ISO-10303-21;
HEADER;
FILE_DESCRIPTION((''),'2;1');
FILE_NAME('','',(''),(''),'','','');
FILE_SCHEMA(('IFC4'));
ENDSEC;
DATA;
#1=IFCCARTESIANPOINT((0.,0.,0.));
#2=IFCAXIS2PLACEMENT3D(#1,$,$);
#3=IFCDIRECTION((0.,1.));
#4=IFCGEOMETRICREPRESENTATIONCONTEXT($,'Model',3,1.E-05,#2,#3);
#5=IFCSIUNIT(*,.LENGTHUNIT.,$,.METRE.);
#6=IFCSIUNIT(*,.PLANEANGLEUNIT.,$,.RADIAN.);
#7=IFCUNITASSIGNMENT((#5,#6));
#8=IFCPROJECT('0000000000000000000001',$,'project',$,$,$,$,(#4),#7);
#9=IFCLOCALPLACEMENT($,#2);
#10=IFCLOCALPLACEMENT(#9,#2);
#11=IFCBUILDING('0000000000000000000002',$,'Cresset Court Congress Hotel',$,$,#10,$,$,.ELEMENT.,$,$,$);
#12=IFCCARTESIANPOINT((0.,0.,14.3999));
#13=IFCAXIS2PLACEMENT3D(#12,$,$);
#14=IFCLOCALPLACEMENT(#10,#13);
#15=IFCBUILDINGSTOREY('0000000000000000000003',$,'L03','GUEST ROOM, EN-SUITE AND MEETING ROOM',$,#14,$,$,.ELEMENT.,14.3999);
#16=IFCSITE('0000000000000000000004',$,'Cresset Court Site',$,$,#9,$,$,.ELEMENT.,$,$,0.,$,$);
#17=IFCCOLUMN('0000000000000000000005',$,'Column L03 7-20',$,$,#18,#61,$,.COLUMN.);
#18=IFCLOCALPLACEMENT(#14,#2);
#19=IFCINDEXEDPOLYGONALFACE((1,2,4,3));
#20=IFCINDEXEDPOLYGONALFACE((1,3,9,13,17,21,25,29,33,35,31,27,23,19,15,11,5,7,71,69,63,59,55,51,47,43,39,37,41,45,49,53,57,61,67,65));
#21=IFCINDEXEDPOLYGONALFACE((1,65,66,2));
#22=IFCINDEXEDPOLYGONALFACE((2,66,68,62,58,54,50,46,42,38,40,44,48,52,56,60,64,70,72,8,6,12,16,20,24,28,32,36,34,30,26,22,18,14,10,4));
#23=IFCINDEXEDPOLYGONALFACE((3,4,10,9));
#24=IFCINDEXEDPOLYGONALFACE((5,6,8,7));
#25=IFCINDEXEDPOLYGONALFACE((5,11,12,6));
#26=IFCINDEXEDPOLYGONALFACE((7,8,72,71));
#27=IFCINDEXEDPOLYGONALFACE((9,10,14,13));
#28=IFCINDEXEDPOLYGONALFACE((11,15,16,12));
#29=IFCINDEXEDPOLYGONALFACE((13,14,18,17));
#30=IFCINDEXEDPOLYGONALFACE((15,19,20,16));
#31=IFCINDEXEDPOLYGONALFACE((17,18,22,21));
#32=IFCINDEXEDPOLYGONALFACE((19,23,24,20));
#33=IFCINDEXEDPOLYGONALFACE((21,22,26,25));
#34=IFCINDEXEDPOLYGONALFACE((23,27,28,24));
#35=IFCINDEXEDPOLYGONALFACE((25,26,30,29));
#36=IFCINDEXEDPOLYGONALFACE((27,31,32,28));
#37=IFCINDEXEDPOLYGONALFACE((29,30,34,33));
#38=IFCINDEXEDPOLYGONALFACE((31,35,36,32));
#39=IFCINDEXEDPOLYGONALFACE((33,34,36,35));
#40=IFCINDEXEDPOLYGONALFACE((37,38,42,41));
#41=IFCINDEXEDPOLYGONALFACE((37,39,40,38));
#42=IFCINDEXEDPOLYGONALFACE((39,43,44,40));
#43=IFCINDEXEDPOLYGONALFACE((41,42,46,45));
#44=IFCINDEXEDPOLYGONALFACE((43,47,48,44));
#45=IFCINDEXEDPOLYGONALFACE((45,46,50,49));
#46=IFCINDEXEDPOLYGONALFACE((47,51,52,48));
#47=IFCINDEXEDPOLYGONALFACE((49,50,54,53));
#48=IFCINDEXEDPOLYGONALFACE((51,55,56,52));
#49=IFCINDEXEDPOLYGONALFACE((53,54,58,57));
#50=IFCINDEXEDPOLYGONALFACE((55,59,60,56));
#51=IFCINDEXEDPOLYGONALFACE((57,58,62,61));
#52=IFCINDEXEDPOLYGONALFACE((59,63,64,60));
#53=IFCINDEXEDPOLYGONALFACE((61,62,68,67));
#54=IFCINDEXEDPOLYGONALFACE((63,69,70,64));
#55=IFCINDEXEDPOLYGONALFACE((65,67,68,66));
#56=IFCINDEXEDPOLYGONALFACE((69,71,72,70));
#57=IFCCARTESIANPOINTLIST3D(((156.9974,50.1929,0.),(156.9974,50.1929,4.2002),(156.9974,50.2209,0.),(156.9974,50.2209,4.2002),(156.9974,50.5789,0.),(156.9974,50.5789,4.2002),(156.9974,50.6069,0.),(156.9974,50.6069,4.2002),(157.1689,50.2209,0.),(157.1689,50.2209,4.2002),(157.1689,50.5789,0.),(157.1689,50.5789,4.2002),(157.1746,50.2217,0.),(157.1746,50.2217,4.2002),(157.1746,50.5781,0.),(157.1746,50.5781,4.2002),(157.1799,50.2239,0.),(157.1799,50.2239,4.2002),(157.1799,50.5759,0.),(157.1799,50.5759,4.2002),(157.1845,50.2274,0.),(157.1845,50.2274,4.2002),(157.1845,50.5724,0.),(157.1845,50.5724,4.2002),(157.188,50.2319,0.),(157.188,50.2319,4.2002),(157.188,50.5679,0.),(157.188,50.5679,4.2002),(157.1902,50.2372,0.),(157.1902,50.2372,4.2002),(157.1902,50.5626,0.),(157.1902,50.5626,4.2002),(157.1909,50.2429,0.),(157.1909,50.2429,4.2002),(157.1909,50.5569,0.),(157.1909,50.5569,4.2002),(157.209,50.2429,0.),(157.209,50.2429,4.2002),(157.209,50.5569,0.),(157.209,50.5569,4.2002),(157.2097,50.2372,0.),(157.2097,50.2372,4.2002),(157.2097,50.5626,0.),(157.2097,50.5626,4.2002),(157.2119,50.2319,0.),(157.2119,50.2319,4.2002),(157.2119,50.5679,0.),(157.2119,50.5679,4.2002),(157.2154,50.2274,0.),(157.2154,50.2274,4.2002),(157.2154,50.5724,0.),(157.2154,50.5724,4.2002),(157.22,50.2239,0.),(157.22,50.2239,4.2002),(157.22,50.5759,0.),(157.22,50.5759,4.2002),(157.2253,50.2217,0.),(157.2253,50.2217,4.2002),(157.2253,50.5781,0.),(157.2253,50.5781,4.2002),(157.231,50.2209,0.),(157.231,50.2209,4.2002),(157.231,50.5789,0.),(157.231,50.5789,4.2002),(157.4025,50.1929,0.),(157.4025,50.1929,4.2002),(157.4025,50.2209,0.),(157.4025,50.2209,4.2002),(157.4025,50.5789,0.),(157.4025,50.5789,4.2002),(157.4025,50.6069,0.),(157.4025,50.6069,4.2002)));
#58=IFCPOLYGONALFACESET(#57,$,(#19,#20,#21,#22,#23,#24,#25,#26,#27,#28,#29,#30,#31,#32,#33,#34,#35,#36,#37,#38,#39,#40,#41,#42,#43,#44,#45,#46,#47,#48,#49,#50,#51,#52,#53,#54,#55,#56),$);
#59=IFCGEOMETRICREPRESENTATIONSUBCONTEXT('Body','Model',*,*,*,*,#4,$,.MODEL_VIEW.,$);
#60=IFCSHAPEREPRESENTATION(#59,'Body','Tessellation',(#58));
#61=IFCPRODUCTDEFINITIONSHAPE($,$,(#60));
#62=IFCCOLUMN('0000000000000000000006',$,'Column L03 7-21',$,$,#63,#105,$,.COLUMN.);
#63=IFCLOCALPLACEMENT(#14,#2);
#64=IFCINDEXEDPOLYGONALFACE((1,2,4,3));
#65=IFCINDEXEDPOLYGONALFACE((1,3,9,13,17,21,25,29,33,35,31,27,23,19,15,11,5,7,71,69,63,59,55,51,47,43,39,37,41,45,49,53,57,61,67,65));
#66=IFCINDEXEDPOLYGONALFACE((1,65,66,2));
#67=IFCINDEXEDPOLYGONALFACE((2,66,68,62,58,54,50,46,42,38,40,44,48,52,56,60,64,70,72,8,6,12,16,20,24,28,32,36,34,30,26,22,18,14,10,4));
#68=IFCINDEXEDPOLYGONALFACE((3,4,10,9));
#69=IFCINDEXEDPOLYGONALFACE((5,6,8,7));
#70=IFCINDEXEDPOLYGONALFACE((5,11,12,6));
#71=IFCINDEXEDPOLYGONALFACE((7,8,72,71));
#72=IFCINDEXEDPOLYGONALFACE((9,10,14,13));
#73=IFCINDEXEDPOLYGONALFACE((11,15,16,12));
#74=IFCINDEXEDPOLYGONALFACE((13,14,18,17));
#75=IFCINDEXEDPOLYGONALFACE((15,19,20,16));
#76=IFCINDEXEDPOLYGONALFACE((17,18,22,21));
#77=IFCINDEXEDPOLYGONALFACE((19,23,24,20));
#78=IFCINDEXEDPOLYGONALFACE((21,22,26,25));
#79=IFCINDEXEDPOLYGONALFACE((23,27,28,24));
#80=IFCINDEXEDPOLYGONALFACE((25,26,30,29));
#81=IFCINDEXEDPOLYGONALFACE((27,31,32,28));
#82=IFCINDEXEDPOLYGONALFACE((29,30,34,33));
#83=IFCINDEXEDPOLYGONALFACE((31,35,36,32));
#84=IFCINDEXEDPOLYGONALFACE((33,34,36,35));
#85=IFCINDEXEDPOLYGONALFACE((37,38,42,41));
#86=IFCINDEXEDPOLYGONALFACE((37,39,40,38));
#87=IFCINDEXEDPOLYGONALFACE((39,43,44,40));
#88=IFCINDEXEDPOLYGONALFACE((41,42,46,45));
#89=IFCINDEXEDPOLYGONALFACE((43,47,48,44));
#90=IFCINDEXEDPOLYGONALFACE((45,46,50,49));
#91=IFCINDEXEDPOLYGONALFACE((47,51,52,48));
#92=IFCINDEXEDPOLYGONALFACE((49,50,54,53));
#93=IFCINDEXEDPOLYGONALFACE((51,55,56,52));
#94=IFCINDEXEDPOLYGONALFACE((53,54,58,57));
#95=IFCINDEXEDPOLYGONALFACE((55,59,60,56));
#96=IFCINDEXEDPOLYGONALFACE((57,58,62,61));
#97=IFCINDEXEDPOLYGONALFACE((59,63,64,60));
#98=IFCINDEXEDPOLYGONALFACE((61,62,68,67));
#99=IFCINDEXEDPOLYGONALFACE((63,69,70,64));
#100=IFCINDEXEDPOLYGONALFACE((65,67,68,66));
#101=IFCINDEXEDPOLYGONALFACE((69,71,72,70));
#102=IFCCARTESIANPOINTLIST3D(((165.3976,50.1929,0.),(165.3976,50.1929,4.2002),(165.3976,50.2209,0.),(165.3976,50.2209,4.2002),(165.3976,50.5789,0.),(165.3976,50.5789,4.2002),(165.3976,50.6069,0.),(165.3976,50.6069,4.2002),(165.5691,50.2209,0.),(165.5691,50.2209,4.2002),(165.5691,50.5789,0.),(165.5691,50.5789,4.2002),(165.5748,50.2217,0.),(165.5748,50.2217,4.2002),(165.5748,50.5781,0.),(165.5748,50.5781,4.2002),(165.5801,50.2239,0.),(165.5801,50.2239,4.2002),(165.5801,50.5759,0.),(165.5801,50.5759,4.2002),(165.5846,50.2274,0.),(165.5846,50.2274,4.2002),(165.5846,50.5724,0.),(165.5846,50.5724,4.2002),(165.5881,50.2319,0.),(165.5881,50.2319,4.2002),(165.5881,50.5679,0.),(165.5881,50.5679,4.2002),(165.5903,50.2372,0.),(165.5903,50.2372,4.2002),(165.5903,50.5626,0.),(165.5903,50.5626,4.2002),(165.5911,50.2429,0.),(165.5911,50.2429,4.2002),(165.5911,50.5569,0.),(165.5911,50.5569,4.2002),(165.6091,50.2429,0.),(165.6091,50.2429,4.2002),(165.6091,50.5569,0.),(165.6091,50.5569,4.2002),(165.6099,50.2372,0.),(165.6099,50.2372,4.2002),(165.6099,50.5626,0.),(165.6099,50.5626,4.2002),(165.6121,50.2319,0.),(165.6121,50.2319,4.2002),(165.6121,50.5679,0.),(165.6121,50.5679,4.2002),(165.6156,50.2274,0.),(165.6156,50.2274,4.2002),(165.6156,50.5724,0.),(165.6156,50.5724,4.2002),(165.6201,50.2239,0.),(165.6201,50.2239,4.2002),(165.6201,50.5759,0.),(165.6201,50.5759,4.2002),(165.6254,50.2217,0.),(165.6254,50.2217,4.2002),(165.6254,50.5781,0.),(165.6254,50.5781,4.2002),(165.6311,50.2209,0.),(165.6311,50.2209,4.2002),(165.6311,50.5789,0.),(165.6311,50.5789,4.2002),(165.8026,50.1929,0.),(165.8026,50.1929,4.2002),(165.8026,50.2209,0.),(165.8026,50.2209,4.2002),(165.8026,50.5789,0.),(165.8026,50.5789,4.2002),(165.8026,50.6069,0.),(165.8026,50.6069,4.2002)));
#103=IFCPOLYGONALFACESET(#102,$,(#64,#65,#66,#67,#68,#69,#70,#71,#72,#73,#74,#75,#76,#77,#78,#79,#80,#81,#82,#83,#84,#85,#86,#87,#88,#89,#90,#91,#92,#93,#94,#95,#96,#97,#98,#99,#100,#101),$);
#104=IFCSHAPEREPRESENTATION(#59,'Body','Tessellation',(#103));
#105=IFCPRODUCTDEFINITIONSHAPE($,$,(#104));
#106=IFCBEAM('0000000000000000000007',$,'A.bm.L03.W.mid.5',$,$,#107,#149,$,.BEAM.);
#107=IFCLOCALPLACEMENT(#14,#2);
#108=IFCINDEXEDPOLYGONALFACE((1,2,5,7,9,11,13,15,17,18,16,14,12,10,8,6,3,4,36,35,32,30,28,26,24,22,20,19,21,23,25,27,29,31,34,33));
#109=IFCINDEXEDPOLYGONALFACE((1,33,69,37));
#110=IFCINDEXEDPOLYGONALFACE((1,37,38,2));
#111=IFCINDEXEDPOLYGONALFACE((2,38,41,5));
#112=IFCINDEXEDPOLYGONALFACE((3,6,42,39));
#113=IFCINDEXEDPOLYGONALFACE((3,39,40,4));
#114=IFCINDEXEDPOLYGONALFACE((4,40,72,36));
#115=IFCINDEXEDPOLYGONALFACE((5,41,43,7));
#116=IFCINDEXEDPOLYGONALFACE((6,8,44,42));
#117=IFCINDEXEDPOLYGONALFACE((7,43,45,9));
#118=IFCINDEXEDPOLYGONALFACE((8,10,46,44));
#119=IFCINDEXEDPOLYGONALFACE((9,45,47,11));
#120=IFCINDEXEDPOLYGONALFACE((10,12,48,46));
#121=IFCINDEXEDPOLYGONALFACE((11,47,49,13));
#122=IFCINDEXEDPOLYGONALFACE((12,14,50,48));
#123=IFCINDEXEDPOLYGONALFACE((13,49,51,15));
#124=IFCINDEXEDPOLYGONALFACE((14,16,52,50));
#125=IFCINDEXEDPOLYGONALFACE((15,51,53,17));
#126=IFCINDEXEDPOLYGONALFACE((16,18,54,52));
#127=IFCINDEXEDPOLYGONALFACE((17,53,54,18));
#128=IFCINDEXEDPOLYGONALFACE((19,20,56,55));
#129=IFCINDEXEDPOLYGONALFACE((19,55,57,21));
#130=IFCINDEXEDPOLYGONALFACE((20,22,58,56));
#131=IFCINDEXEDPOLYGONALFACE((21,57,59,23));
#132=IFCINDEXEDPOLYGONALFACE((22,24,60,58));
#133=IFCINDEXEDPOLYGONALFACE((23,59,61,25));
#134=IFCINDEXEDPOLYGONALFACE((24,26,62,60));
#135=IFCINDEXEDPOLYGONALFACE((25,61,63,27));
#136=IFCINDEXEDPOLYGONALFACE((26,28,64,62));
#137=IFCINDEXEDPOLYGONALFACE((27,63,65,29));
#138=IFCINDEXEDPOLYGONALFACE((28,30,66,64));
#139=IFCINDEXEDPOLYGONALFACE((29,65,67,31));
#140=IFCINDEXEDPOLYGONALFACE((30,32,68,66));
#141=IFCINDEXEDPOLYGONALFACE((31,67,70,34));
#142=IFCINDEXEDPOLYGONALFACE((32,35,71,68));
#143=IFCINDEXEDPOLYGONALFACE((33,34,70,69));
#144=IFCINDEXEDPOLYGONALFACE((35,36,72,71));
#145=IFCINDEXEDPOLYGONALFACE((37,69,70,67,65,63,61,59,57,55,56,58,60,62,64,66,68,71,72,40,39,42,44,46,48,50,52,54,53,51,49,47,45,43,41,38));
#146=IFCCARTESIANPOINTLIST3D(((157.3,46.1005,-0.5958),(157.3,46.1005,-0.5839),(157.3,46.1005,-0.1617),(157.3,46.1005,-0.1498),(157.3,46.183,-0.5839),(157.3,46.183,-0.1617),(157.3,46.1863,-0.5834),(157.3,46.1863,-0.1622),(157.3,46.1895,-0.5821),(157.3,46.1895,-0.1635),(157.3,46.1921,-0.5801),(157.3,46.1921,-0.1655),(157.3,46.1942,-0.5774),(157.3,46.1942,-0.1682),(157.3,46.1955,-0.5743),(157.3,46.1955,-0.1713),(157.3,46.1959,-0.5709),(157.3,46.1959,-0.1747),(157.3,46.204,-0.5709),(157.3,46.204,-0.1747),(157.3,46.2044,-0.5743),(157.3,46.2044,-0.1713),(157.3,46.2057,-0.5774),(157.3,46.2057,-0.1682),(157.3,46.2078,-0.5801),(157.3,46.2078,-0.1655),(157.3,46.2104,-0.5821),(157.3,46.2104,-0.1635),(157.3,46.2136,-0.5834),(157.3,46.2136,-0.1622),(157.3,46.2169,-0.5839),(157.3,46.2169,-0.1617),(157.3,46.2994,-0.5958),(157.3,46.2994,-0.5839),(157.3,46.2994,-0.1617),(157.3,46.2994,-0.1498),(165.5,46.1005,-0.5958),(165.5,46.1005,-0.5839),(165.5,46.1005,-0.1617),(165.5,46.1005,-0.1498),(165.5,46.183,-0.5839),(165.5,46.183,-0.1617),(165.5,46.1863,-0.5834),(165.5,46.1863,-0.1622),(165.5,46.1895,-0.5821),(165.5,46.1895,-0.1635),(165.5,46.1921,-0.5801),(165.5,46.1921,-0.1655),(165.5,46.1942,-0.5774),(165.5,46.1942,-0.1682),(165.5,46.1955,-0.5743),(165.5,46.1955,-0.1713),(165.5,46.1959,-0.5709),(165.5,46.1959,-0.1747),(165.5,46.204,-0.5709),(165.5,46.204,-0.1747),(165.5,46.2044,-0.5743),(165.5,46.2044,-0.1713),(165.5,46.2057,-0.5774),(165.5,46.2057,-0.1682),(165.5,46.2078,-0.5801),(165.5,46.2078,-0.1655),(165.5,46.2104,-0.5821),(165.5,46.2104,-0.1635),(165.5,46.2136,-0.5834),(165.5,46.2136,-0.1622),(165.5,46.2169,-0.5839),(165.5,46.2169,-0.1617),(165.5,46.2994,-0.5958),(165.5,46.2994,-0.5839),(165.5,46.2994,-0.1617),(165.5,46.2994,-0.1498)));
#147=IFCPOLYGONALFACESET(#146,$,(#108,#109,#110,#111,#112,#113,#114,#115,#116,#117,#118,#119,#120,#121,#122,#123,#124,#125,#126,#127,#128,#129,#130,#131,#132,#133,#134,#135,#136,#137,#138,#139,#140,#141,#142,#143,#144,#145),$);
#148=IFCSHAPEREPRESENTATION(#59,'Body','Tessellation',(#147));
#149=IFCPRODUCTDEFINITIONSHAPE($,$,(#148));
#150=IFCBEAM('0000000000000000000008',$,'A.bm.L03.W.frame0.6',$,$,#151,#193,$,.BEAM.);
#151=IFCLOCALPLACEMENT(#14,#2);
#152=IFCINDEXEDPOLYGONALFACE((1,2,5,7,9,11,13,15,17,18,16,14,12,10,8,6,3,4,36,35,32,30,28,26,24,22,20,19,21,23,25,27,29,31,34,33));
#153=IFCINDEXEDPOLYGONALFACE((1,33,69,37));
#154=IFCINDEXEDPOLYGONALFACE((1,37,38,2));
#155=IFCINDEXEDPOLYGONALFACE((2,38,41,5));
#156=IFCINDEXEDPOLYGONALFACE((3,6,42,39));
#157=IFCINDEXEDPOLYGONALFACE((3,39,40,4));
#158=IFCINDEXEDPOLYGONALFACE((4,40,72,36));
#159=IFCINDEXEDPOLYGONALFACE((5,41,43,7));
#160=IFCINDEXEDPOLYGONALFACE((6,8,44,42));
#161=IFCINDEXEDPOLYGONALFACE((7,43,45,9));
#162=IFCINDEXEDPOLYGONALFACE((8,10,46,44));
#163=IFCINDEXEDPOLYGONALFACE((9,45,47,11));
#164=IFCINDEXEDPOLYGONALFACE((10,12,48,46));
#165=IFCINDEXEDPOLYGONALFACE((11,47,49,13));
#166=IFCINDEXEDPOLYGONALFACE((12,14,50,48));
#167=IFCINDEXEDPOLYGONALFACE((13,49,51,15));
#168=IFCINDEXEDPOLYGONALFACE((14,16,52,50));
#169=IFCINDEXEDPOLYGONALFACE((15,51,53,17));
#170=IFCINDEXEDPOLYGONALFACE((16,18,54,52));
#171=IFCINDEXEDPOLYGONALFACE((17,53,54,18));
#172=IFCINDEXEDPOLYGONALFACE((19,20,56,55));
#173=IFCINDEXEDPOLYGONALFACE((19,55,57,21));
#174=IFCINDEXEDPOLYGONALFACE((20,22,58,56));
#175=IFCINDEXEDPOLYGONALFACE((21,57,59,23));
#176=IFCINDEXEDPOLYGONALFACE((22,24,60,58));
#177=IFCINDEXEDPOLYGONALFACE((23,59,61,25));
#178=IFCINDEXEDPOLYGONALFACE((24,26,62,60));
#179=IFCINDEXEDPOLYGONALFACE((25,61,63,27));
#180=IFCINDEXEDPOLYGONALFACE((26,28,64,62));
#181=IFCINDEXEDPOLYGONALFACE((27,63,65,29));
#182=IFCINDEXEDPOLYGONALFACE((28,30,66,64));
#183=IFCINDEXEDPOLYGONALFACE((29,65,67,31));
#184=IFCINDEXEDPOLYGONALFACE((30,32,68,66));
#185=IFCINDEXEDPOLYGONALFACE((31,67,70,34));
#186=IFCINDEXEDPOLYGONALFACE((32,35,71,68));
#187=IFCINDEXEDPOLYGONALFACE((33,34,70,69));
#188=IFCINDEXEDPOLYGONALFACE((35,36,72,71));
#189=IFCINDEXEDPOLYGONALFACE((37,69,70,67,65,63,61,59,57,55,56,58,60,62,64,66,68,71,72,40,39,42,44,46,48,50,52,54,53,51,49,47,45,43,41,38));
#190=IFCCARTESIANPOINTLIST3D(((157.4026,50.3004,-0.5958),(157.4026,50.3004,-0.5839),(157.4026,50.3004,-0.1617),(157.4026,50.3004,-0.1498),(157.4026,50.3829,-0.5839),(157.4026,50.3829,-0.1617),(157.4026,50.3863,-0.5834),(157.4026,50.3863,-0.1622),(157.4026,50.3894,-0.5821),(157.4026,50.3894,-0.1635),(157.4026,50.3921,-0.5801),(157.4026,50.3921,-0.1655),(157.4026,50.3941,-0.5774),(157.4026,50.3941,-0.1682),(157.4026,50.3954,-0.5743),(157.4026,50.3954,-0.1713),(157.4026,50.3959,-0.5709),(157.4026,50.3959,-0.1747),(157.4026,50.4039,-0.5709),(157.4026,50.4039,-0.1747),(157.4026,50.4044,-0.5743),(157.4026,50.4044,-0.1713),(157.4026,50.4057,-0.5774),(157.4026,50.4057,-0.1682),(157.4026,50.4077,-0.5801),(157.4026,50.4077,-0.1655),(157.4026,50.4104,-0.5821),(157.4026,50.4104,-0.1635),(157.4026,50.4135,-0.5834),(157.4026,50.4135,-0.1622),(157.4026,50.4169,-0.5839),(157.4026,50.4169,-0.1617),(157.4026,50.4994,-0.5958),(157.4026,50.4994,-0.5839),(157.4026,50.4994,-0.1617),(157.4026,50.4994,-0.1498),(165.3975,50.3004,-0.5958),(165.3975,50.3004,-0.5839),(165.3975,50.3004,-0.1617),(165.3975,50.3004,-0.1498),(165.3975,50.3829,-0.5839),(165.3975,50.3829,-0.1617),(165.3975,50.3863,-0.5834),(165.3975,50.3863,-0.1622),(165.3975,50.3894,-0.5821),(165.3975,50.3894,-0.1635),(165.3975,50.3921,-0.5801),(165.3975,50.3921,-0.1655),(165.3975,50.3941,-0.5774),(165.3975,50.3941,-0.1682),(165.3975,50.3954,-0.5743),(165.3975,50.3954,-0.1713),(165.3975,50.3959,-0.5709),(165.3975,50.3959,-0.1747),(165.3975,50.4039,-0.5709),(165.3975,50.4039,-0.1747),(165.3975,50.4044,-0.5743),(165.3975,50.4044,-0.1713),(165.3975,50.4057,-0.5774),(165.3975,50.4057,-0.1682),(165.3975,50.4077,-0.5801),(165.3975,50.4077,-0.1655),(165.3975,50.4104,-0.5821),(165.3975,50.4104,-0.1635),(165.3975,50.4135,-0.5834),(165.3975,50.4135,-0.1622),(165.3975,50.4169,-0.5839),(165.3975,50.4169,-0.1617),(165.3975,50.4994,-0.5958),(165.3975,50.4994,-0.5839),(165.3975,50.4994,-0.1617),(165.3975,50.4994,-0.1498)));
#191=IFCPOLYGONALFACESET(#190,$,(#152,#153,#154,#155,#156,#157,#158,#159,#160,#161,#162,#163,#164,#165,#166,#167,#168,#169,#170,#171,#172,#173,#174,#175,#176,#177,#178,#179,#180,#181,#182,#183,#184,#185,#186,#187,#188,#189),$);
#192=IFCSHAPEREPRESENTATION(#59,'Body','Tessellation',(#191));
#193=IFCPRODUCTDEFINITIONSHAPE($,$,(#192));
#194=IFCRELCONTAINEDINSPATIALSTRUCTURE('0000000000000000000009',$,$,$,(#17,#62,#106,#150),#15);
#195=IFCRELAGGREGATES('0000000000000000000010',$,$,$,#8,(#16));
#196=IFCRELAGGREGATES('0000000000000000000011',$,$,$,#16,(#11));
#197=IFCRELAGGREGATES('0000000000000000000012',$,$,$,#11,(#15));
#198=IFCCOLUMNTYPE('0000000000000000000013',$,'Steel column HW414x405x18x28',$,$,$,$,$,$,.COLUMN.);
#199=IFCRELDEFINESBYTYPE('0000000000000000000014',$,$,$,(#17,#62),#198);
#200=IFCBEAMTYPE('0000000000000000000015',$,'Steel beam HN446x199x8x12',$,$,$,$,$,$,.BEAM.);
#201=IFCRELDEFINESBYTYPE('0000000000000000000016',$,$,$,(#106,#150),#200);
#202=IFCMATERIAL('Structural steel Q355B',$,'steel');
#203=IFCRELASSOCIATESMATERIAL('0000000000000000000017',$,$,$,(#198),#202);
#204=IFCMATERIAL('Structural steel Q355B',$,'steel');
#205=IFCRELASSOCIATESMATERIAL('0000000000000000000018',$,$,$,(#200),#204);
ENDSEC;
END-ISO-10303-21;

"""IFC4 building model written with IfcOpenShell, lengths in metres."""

from ifc_helpers import new_model, si_unit, direction, frame, origin, origin_2d, place, context, subcontext, project, spatial, i_section, extrude, material, material_profile, profile_set, type_object, element, save


model = new_model("IFC4")

# Units and contexts
model_context = context("Model", 3, precision=1e-05, world=origin(), true_north=direction((0.0, 1.0)))
body_context = subcontext(model_context, "Body", "Model", "MODEL_VIEW")
ifc_project = project(units=[si_unit("LENGTHUNIT", "METRE"), si_unit("PLANEANGLEUNIT", "RADIAN")], contexts=[model_context])

# Site, building, storey
site_placement = place(None, origin())
site = spatial("IfcSite", under=ifc_project, at=site_placement, Name="Cresset Court Site", CompositionType="ELEMENT", RefElevation=0.0)
building_placement = place(site_placement, origin())
building = spatial("IfcBuilding", under=site, at=building_placement, Name="Cresset Court Congress Hotel", CompositionType="ELEMENT")
storey_placement = place(building_placement, frame((0.0, 0.0, 14.3999)))
storey = spatial("IfcBuildingStorey", under=building, at=storey_placement, Name="L03", Description="GUEST ROOM, EN-SUITE AND MEETING ROOM", CompositionType="ELEMENT", Elevation=14.3999)

# Columns
ifc_material_1 = material(Name="Structural steel Q355B", Category="steel")
ifc_material_profile_1 = material_profile(ifc_material_1, i_section(OverallWidth=0.405, OverallDepth=0.4141, WebThickness=0.0181, FlangeThickness=0.0281, FilletRadius=0.022, at=origin_2d()), Name="HW414x405x18x28")
ifc_profile_set_1 = profile_set([ifc_material_profile_1], Name="Structural steel Q355B")
column_type = type_object("IfcColumnType", Name="Steel column HW414x405x18x28", PredefinedType="COLUMN", material=ifc_profile_set_1)
for number, where, z_axis, x_axis, name in (
    (1, (157.2, 50.3999, 0.0), (0.0, 0.0, 1.0), (1.0, 0.0, 0.0), "Column L03 7-20"),
    (2, (165.6001, 50.3999, 0.0), (0.0, 0.0, 1.0), (1.0, 0.0, 0.0), "Column L03 7-21"),
):
    element("IfcColumn", number, at=place(storey_placement, frame(where, z_axis=z_axis, x_axis=x_axis)), inside=storey, type_object=column_type, Name=name, PredefinedType="COLUMN", context=body_context, shape_type="SweptSolid", body=[
        extrude(i_section(OverallWidth=0.405, OverallDepth=0.4141, WebThickness=0.0181, FlangeThickness=0.0281, FilletRadius=0.022, at=origin_2d()), origin(), (0.0, 0.0, 1.0), 4.2002),
    ])

# Beams
ifc_material_2 = material(Name="Structural steel Q355B", Category="steel")
ifc_material_profile_2 = material_profile(ifc_material_2, i_section(OverallWidth=0.199, OverallDepth=0.446, WebThickness=0.0081, FlangeThickness=0.012, FilletRadius=0.0129, at=origin_2d()), Name="HN446x199x8x12")
ifc_profile_set_2 = profile_set([ifc_material_profile_2], Name="Structural steel Q355B")
beam_type_1 = type_object("IfcBeamType", Name="Steel beam HN446x199x8x12", PredefinedType="BEAM", material=ifc_profile_set_2)
beam_1_placement = place(storey_placement, frame((157.3, 46.2, -0.3728), z_axis=(1.0, 0.0, 0.0), x_axis=(0.0, 1.0, 0.0)))
element("IfcBeam", 3, at=beam_1_placement, inside=storey, type_object=beam_type_1, Name="A.bm.L03.W.mid.5", PredefinedType="BEAM", context=body_context, shape_type="SweptSolid", body=[
    extrude(i_section(OverallWidth=0.199, OverallDepth=0.446, WebThickness=0.0081, FlangeThickness=0.012, FilletRadius=0.0129, at=origin_2d()), origin(), (0.0, 0.0, 1.0), 8.2),
])
beam_2_placement = place(storey_placement, frame((157.4026, 50.3999, -0.3728), z_axis=(1.0, 0.0, 0.0), x_axis=(0.0, 1.0, 0.0)))
element("IfcBeam", 4, at=beam_2_placement, inside=storey, type_object=beam_type_1, Name="A.bm.L03.W.frame0.6", PredefinedType="BEAM", context=body_context, shape_type="SweptSolid", body=[
    extrude(i_section(OverallWidth=0.199, OverallDepth=0.446, WebThickness=0.0081, FlangeThickness=0.012, FilletRadius=0.0129, at=origin_2d()), origin(), (0.0, 0.0, 1.0), 7.9949),
])

save(model, "model.ifc")
